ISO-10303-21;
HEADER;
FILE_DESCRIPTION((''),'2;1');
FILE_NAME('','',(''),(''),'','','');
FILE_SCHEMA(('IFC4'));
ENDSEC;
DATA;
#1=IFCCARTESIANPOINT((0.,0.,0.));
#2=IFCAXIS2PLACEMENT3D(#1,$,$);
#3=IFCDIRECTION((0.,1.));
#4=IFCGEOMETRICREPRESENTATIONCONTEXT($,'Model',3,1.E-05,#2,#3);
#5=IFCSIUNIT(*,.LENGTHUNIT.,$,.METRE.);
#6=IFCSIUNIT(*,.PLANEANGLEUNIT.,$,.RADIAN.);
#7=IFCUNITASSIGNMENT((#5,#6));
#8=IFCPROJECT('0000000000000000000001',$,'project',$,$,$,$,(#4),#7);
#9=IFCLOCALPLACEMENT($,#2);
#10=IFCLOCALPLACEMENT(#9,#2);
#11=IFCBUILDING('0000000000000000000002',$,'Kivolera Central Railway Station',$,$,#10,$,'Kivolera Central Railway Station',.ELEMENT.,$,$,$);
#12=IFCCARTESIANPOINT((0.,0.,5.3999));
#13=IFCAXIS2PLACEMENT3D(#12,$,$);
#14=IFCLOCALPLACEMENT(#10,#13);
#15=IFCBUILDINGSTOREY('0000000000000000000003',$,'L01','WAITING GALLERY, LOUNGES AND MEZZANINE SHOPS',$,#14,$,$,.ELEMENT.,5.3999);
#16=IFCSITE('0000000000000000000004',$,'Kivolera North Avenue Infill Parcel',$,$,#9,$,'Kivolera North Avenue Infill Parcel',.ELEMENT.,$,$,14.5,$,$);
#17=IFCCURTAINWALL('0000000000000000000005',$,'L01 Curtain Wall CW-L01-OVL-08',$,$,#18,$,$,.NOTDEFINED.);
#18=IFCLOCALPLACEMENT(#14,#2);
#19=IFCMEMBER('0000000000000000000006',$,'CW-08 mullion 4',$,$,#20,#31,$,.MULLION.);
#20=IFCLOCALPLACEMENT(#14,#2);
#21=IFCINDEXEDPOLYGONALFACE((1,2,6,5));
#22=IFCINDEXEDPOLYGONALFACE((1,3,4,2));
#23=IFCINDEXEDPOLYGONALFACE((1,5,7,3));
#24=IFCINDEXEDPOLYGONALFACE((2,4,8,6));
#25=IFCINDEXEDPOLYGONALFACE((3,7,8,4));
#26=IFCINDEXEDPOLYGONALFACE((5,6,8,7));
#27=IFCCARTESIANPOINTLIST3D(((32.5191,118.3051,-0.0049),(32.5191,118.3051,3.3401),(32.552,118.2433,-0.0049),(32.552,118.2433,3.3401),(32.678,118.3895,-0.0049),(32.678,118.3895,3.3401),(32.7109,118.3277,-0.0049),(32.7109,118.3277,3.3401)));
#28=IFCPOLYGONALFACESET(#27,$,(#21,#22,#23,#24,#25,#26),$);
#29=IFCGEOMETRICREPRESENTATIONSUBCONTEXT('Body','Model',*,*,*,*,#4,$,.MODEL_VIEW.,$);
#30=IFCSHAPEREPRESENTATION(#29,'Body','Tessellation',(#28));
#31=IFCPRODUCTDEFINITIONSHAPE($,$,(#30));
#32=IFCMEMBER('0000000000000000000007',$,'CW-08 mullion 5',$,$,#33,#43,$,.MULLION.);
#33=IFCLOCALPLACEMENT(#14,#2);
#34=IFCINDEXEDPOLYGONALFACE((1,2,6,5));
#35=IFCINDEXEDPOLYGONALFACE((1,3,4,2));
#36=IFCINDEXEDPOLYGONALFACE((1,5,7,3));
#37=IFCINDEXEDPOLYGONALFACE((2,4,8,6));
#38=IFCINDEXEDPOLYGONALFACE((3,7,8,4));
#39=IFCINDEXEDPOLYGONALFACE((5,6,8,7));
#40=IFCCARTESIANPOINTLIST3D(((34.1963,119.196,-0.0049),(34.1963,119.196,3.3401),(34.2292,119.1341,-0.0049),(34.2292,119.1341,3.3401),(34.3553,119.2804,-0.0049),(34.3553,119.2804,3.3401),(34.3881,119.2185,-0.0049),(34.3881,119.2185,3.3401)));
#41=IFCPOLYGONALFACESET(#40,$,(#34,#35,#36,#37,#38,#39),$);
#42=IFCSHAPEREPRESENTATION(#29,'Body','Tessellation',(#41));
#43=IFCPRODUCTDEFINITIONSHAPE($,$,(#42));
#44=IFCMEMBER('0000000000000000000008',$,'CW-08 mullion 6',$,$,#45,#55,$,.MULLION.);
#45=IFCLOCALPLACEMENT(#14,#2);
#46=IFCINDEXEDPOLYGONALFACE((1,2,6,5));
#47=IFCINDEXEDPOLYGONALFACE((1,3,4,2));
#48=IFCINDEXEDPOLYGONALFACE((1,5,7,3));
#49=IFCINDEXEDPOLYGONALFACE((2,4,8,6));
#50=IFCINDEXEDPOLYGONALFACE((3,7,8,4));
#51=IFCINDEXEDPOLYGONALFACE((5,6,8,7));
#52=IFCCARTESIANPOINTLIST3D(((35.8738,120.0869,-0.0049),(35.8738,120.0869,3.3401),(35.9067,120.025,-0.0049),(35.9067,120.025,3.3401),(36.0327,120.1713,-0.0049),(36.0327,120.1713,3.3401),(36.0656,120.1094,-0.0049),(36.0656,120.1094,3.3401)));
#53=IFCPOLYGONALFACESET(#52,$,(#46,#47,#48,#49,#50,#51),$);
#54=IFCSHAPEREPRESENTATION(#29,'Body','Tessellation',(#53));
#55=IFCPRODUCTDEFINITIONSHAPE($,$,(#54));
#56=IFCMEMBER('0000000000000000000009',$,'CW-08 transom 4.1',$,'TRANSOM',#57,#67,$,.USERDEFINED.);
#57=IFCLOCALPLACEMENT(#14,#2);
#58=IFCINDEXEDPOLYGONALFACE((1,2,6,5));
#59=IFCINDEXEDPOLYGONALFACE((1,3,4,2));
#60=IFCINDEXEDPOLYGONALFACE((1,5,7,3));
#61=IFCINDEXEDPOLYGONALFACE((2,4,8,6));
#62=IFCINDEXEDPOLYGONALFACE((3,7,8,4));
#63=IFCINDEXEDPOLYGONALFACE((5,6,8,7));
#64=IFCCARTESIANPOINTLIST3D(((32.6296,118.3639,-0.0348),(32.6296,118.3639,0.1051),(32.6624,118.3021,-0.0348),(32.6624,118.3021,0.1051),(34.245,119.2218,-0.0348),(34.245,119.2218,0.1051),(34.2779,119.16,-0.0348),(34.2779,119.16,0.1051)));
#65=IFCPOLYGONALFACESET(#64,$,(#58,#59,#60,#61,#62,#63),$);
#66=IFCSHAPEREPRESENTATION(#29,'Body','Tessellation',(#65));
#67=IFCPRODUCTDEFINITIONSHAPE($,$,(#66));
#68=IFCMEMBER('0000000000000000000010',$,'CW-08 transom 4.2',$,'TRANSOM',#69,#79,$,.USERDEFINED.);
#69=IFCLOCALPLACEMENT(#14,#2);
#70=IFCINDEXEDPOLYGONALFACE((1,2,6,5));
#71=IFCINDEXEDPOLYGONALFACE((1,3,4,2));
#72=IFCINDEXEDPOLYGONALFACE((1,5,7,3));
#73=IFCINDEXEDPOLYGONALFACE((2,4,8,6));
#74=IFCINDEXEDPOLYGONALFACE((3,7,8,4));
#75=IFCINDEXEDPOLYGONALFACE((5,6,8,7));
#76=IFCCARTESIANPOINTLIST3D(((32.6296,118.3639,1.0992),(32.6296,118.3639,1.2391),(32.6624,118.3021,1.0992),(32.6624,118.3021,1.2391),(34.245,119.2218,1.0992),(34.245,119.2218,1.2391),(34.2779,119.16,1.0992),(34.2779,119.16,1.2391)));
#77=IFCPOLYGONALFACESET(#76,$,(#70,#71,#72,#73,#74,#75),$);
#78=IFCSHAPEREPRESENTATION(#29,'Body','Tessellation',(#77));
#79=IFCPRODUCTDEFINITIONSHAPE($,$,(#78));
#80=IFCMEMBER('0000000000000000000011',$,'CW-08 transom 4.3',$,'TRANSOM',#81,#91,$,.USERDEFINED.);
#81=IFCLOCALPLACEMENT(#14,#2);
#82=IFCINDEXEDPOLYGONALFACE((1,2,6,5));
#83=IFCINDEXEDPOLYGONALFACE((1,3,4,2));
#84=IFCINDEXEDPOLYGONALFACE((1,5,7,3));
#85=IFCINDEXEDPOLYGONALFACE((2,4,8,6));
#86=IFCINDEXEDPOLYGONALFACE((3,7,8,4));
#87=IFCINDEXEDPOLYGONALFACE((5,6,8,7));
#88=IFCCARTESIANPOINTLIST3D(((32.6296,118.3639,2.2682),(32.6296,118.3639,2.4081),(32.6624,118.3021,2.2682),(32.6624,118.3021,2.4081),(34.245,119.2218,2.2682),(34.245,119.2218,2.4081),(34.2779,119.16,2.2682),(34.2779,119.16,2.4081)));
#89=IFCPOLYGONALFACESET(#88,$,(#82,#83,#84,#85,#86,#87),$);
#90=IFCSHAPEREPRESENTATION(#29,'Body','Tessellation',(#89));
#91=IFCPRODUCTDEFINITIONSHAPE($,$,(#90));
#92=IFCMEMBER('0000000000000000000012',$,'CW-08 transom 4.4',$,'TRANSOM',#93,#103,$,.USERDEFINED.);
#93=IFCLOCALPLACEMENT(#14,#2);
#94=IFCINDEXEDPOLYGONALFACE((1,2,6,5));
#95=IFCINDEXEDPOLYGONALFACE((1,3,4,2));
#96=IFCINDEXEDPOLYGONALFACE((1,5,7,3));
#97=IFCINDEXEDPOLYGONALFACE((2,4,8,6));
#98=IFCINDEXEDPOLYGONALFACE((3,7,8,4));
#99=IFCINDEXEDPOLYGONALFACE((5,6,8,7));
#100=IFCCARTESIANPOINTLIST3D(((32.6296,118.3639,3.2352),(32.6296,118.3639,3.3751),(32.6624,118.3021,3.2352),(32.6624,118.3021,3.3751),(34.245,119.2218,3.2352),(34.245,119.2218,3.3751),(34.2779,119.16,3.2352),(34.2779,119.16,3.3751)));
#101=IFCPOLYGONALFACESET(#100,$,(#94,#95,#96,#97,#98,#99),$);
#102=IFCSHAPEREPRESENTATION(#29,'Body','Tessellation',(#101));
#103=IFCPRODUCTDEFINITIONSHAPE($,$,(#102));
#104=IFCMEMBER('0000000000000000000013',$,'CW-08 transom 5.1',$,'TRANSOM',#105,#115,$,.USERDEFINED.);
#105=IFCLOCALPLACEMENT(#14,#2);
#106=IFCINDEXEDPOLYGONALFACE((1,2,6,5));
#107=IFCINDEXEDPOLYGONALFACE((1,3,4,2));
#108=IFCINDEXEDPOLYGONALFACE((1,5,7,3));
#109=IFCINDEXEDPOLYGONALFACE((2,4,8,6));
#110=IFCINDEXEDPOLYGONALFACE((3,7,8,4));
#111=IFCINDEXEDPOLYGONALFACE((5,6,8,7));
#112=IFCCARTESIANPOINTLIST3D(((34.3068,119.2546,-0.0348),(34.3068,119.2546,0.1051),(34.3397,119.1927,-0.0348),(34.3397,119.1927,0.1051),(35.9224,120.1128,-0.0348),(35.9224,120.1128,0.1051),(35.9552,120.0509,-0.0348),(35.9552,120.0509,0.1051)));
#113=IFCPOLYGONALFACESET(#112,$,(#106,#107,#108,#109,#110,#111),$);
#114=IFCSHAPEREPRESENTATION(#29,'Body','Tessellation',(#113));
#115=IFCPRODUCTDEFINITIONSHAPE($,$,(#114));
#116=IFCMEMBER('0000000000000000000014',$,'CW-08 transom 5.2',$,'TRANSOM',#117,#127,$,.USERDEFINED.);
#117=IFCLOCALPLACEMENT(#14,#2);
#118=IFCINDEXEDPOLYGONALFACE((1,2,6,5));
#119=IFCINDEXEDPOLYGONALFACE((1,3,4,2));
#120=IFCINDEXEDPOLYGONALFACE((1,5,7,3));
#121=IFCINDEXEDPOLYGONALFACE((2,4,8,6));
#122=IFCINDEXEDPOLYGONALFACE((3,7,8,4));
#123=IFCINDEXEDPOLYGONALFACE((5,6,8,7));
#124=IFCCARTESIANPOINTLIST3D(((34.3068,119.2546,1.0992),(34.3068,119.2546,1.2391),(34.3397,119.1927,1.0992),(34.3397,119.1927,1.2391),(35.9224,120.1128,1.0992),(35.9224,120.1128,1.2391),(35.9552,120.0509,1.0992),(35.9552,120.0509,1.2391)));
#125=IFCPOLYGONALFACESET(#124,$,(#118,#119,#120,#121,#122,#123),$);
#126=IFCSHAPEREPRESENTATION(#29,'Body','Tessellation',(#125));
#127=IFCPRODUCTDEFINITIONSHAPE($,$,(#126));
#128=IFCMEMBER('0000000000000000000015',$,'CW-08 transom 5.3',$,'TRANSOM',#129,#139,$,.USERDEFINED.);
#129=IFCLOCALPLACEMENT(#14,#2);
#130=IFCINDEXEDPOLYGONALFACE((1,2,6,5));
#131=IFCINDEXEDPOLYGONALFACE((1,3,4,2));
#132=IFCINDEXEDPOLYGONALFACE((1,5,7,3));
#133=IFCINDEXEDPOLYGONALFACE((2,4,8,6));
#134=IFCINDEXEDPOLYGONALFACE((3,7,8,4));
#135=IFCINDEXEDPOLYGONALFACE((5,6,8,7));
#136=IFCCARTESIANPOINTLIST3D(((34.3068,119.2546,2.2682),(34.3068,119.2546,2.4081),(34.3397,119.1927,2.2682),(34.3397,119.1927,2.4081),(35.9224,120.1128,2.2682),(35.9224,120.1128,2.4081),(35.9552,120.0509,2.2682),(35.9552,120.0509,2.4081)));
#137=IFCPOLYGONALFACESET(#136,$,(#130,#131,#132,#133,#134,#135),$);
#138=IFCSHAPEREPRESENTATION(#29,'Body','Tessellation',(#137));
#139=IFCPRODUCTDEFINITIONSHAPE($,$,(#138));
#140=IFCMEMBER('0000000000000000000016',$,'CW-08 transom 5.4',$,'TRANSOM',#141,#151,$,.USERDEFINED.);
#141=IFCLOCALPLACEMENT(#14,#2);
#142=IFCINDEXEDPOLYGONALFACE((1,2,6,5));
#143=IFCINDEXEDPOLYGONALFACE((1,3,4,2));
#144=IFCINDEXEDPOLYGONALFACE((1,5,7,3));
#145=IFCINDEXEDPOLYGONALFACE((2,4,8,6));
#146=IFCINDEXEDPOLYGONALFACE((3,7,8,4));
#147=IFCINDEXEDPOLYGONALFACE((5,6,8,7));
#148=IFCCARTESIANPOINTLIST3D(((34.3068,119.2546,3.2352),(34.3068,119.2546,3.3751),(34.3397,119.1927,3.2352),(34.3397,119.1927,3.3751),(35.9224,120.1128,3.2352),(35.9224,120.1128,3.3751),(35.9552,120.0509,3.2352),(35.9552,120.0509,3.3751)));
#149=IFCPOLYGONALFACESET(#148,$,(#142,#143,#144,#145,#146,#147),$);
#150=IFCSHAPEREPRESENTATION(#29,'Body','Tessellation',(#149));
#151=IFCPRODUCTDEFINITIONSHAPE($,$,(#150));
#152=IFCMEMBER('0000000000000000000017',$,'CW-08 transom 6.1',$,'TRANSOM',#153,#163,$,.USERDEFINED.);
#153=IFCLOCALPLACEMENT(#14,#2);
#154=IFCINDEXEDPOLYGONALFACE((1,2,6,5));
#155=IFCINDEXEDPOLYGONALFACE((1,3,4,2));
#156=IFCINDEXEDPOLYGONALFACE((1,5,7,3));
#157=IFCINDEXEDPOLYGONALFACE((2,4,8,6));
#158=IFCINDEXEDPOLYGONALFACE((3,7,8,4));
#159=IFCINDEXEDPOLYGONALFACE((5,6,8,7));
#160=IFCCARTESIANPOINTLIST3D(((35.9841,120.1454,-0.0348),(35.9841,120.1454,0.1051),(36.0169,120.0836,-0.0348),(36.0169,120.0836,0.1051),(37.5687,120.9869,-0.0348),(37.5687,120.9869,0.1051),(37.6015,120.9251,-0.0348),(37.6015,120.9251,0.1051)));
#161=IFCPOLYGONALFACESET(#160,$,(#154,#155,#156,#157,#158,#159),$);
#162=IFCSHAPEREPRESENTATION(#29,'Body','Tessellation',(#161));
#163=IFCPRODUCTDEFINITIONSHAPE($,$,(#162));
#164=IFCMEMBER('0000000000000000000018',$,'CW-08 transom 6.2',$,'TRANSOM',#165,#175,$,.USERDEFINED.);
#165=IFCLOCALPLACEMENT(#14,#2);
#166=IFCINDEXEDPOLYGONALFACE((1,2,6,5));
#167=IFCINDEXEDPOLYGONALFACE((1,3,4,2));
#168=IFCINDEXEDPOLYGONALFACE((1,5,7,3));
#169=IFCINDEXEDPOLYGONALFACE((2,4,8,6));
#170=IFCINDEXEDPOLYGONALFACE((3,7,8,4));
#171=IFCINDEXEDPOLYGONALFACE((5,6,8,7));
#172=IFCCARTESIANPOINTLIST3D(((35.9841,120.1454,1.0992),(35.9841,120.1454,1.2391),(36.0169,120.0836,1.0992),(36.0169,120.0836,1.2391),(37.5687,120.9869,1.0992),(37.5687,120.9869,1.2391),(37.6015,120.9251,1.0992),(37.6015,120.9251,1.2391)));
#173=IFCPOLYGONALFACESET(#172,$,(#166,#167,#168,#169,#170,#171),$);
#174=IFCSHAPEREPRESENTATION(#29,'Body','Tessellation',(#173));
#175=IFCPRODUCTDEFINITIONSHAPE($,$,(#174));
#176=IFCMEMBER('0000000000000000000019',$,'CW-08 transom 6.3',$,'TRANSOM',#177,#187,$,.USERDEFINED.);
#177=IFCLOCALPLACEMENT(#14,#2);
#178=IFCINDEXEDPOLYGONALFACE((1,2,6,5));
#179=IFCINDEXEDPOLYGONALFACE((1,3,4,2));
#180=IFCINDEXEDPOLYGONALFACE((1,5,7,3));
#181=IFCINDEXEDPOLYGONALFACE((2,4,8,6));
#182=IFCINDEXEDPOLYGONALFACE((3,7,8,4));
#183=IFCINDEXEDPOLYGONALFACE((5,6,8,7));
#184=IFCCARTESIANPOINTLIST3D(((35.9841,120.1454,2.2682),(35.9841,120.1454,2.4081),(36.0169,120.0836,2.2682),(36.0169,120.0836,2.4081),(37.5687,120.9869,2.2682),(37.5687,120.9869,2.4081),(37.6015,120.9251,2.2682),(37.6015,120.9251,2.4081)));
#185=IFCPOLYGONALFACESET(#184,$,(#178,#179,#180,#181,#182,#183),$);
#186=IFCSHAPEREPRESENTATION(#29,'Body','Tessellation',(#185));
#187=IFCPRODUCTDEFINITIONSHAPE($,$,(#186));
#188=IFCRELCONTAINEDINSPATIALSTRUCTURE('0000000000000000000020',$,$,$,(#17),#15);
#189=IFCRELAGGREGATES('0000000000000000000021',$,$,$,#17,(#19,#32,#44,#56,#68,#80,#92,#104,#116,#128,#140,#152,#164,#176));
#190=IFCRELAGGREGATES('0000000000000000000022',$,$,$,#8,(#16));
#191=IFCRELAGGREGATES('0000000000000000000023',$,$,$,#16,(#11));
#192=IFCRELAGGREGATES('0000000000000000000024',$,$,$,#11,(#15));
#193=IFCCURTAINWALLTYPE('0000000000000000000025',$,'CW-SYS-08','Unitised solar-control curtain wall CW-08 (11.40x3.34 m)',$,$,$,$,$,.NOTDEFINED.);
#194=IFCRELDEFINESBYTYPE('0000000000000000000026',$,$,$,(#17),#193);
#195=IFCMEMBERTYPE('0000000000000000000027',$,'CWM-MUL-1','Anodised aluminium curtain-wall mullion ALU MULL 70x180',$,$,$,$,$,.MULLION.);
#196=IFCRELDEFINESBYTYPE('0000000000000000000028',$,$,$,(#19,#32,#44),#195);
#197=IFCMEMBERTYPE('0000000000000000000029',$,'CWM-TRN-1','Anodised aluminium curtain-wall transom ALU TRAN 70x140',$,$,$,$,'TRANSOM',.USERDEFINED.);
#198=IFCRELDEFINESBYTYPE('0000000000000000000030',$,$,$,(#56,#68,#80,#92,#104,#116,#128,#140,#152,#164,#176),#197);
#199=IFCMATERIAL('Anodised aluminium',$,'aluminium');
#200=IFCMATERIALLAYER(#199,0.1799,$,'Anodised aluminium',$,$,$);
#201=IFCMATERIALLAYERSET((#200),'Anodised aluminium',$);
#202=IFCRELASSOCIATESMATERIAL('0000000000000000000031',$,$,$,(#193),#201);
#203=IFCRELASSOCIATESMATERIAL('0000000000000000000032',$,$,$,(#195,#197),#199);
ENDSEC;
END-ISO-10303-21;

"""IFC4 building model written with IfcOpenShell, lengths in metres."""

from ifc_helpers import new_model, si_unit, direction, frame, origin, origin_2d, place, context, subcontext, project, spatial, rectangle, extrude, material, layer, layer_set, material_profile, profile_set, type_object, element, aggregate, save


model = new_model("IFC4")

# Units and contexts
model_context = context("Model", 3, precision=1e-05, world=origin(), true_north=direction((0.0, 1.0)))
body_context = subcontext(model_context, "Body", "Model", "MODEL_VIEW")
ifc_project = project(units=[si_unit("LENGTHUNIT", "METRE"), si_unit("PLANEANGLEUNIT", "RADIAN")], contexts=[model_context])

# Site, building, storey
site_placement = place(None, origin())
site = spatial("IfcSite", under=ifc_project, at=site_placement, Name="Kivolera North Avenue Infill Parcel", LongName="Kivolera North Avenue Infill Parcel", CompositionType="ELEMENT", RefElevation=14.5)
building_placement = place(site_placement, origin())
building = spatial("IfcBuilding", under=site, at=building_placement, Name="Kivolera Central Railway Station", LongName="Kivolera Central Railway Station", CompositionType="ELEMENT")
storey_placement = place(building_placement, frame((0.0, 0.0, 5.3999)))
storey = spatial("IfcBuildingStorey", under=building, at=storey_placement, Name="L01", Description="WAITING GALLERY, LOUNGES AND MEZZANINE SHOPS", CompositionType="ELEMENT", Elevation=5.3999)

# Curtain wall, members
ifc_material_1 = material(Name="Anodised aluminium", Category="aluminium")
ifc_layer_1 = layer(ifc_material_1, 0.1799, Name="Anodised aluminium")
ifc_layer_set_1 = layer_set([ifc_layer_1], Name="Anodised aluminium")
curtain_wall_type = type_object("IfcCurtainWallType", Name="CW-SYS-08", Description="Unitised solar-control curtain wall CW-08 (11.40x3.34 m)", PredefinedType="NOTDEFINED", material=ifc_layer_set_1)
curtain_wall_placement = place(storey_placement, origin())
curtain_wall = element("IfcCurtainWall", 1, at=curtain_wall_placement, inside=storey, type_object=curtain_wall_type, Name="L01 Curtain Wall CW-L01-OVL-08", PredefinedType="NOTDEFINED")
ifc_material_profile_1 = material_profile(ifc_material_1, rectangle(XDim=0.0701, YDim=0.1799, at=origin_2d()), Name="ALU MULL 70x180")
ifc_profile_set_1 = profile_set([ifc_material_profile_1], Name="Anodised aluminium")
member_type_1 = type_object("IfcMemberType", Name="CWM-MUL-1", Description="Anodised aluminium curtain-wall mullion ALU MULL 70x180", PredefinedType="MULLION", material=ifc_profile_set_1)
member_1_placement = place(storey_placement, frame((32.615, 118.3164, -0.0049), z_axis=(0.0, 0.0, 1.0), x_axis=(-0.469053, 0.88317, 0.0)))
member_1 = element("IfcMember", 2, at=member_1_placement, type_object=member_type_1, Name="CW-08 mullion 4", PredefinedType="MULLION", context=body_context, shape_type="SweptSolid", body=[
    extrude(rectangle(XDim=0.0701, YDim=0.1799, at=origin_2d()), origin(), (0.0, 0.0, 1.0), 3.345),
])
member_2_placement = place(storey_placement, frame((34.2922, 119.2073, -0.0049), z_axis=(0.0, 0.0, 1.0), x_axis=(-0.469053, 0.88317, 0.0)))
member_2 = element("IfcMember", 3, at=member_2_placement, type_object=member_type_1, Name="CW-08 mullion 5", PredefinedType="MULLION", context=body_context, shape_type="SweptSolid", body=[
    extrude(rectangle(XDim=0.0701, YDim=0.1799, at=origin_2d()), origin(), (0.0, 0.0, 1.0), 3.345),
])
member_3_placement = place(storey_placement, frame((35.9697, 120.0981, -0.0049), z_axis=(0.0, 0.0, 1.0), x_axis=(-0.469053, 0.88317, 0.0)))
member_3 = element("IfcMember", 4, at=member_3_placement, type_object=member_type_1, Name="CW-08 mullion 6", PredefinedType="MULLION", context=body_context, shape_type="SweptSolid", body=[
    extrude(rectangle(XDim=0.0701, YDim=0.1799, at=origin_2d()), origin(), (0.0, 0.0, 1.0), 3.345),
])
ifc_material_profile_2 = material_profile(ifc_material_1, rectangle(XDim=0.0701, YDim=0.1399, at=origin_2d()), Name="ALU TRAN 70x140")
ifc_profile_set_2 = profile_set([ifc_material_profile_2], Name="Anodised aluminium")
member_type_2 = type_object("IfcMemberType", Name="CWM-TRN-1", Description="Anodised aluminium curtain-wall transom ALU TRAN 70x140", ElementType="TRANSOM", PredefinedType="USERDEFINED", material=ifc_profile_set_2)
member_4_placement = place(storey_placement, frame((32.646, 118.333, 0.0352), z_axis=(0.883187, 0.469022, 0.0), x_axis=(-0.469022, 0.883187, 0.0)))
member_4 = element("IfcMember", 5, at=member_4_placement, type_object=member_type_2, Name="CW-08 transom 4.1", ObjectType="TRANSOM", PredefinedType="USERDEFINED", context=body_context, shape_type="SweptSolid", body=[
    extrude(rectangle(XDim=0.0701, YDim=0.1399, at=origin_2d()), origin(), (0.0, 0.0, 1.0), 1.8291),
])
member_5_placement = place(storey_placement, frame((32.646, 118.333, 1.1692), z_axis=(0.883187, 0.469022, 0.0), x_axis=(-0.469022, 0.883187, 0.0)))
member_5 = element("IfcMember", 6, at=member_5_placement, type_object=member_type_2, Name="CW-08 transom 4.2", ObjectType="TRANSOM", PredefinedType="USERDEFINED", context=body_context, shape_type="SweptSolid", body=[
    extrude(rectangle(XDim=0.0701, YDim=0.1399, at=origin_2d()), origin(), (0.0, 0.0, 1.0), 1.8291),
])
member_6_placement = place(storey_placement, frame((32.646, 118.333, 2.3381), z_axis=(0.883187, 0.469022, 0.0), x_axis=(-0.469022, 0.883187, 0.0)))
member_6 = element("IfcMember", 7, at=member_6_placement, type_object=member_type_2, Name="CW-08 transom 4.3", ObjectType="TRANSOM", PredefinedType="USERDEFINED", context=body_context, shape_type="SweptSolid", body=[
    extrude(rectangle(XDim=0.0701, YDim=0.1399, at=origin_2d()), origin(), (0.0, 0.0, 1.0), 1.8291),
])
member_7_placement = place(storey_placement, frame((32.646, 118.333, 3.3052), z_axis=(0.883187, 0.469022, 0.0), x_axis=(-0.469022, 0.883187, 0.0)))
member_7 = element("IfcMember", 8, at=member_7_placement, type_object=member_type_2, Name="CW-08 transom 4.4", ObjectType="TRANSOM", PredefinedType="USERDEFINED", context=body_context, shape_type="SweptSolid", body=[
    extrude(rectangle(XDim=0.0701, YDim=0.1399, at=origin_2d()), origin(), (0.0, 0.0, 1.0), 1.8291),
])
member_8_placement = place(storey_placement, frame((34.3232, 119.2236, 0.0352), z_axis=(0.883131, 0.469126, 0.0), x_axis=(-0.469126, 0.883131, 0.0)))
member_8 = element("IfcMember", 9, at=member_8_placement, type_object=member_type_2, Name="CW-08 transom 5.1", ObjectType="TRANSOM", PredefinedType="USERDEFINED", context=body_context, shape_type="SweptSolid", body=[
    extrude(rectangle(XDim=0.0701, YDim=0.1399, at=origin_2d()), origin(), (0.0, 0.0, 1.0), 1.8293),
])
member_9_placement = place(storey_placement, frame((34.3232, 119.2236, 1.1692), z_axis=(0.883131, 0.469126, 0.0), x_axis=(-0.469126, 0.883131, 0.0)))
member_9 = element("IfcMember", 10, at=member_9_placement, type_object=member_type_2, Name="CW-08 transom 5.2", ObjectType="TRANSOM", PredefinedType="USERDEFINED", context=body_context, shape_type="SweptSolid", body=[
    extrude(rectangle(XDim=0.0701, YDim=0.1399, at=origin_2d()), origin(), (0.0, 0.0, 1.0), 1.8293),
])
member_10_placement = place(storey_placement, frame((34.3232, 119.2236, 2.3381), z_axis=(0.883131, 0.469126, 0.0), x_axis=(-0.469126, 0.883131, 0.0)))
member_10 = element("IfcMember", 11, at=member_10_placement, type_object=member_type_2, Name="CW-08 transom 5.3", ObjectType="TRANSOM", PredefinedType="USERDEFINED", context=body_context, shape_type="SweptSolid", body=[
    extrude(rectangle(XDim=0.0701, YDim=0.1399, at=origin_2d()), origin(), (0.0, 0.0, 1.0), 1.8293),
])
member_11_placement = place(storey_placement, frame((34.3232, 119.2236, 3.3052), z_axis=(0.883131, 0.469126, 0.0), x_axis=(-0.469126, 0.883131, 0.0)))
member_11 = element("IfcMember", 12, at=member_11_placement, type_object=member_type_2, Name="CW-08 transom 5.4", ObjectType="TRANSOM", PredefinedType="USERDEFINED", context=body_context, shape_type="SweptSolid", body=[
    extrude(rectangle(XDim=0.0701, YDim=0.1399, at=origin_2d()), origin(), (0.0, 0.0, 1.0), 1.8293),
])
member_12_placement = place(storey_placement, frame((36.0005, 120.1145, 0.0352), z_axis=(0.883191, 0.469013, 0.0), x_axis=(-0.469013, 0.883191, 0.0)))
member_12 = element("IfcMember", 13, at=member_12_placement, type_object=member_type_2, Name="CW-08 transom 6.1", ObjectType="TRANSOM", PredefinedType="USERDEFINED", context=body_context, shape_type="SweptSolid", body=[
    extrude(rectangle(XDim=0.0701, YDim=0.1399, at=origin_2d()), origin(), (0.0, 0.0, 1.0), 1.7942),
])
member_13_placement = place(storey_placement, frame((36.0005, 120.1145, 1.1692), z_axis=(0.883191, 0.469013, 0.0), x_axis=(-0.469013, 0.883191, 0.0)))
member_13 = element("IfcMember", 14, at=member_13_placement, type_object=member_type_2, Name="CW-08 transom 6.2", ObjectType="TRANSOM", PredefinedType="USERDEFINED", context=body_context, shape_type="SweptSolid", body=[
    extrude(rectangle(XDim=0.0701, YDim=0.1399, at=origin_2d()), origin(), (0.0, 0.0, 1.0), 1.7942),
])
member_14_placement = place(storey_placement, frame((36.0005, 120.1145, 2.3381), z_axis=(0.883191, 0.469013, 0.0), x_axis=(-0.469013, 0.883191, 0.0)))
member_14 = element("IfcMember", 15, at=member_14_placement, type_object=member_type_2, Name="CW-08 transom 6.3", ObjectType="TRANSOM", PredefinedType="USERDEFINED", context=body_context, shape_type="SweptSolid", body=[
    extrude(rectangle(XDim=0.0701, YDim=0.1399, at=origin_2d()), origin(), (0.0, 0.0, 1.0), 1.7942),
])
aggregate(curtain_wall, [member_1, member_2, member_3, member_4, member_5, member_6, member_7, member_8, member_9, member_10, member_11, member_12, member_13, member_14])

save(model, "model.ifc")
